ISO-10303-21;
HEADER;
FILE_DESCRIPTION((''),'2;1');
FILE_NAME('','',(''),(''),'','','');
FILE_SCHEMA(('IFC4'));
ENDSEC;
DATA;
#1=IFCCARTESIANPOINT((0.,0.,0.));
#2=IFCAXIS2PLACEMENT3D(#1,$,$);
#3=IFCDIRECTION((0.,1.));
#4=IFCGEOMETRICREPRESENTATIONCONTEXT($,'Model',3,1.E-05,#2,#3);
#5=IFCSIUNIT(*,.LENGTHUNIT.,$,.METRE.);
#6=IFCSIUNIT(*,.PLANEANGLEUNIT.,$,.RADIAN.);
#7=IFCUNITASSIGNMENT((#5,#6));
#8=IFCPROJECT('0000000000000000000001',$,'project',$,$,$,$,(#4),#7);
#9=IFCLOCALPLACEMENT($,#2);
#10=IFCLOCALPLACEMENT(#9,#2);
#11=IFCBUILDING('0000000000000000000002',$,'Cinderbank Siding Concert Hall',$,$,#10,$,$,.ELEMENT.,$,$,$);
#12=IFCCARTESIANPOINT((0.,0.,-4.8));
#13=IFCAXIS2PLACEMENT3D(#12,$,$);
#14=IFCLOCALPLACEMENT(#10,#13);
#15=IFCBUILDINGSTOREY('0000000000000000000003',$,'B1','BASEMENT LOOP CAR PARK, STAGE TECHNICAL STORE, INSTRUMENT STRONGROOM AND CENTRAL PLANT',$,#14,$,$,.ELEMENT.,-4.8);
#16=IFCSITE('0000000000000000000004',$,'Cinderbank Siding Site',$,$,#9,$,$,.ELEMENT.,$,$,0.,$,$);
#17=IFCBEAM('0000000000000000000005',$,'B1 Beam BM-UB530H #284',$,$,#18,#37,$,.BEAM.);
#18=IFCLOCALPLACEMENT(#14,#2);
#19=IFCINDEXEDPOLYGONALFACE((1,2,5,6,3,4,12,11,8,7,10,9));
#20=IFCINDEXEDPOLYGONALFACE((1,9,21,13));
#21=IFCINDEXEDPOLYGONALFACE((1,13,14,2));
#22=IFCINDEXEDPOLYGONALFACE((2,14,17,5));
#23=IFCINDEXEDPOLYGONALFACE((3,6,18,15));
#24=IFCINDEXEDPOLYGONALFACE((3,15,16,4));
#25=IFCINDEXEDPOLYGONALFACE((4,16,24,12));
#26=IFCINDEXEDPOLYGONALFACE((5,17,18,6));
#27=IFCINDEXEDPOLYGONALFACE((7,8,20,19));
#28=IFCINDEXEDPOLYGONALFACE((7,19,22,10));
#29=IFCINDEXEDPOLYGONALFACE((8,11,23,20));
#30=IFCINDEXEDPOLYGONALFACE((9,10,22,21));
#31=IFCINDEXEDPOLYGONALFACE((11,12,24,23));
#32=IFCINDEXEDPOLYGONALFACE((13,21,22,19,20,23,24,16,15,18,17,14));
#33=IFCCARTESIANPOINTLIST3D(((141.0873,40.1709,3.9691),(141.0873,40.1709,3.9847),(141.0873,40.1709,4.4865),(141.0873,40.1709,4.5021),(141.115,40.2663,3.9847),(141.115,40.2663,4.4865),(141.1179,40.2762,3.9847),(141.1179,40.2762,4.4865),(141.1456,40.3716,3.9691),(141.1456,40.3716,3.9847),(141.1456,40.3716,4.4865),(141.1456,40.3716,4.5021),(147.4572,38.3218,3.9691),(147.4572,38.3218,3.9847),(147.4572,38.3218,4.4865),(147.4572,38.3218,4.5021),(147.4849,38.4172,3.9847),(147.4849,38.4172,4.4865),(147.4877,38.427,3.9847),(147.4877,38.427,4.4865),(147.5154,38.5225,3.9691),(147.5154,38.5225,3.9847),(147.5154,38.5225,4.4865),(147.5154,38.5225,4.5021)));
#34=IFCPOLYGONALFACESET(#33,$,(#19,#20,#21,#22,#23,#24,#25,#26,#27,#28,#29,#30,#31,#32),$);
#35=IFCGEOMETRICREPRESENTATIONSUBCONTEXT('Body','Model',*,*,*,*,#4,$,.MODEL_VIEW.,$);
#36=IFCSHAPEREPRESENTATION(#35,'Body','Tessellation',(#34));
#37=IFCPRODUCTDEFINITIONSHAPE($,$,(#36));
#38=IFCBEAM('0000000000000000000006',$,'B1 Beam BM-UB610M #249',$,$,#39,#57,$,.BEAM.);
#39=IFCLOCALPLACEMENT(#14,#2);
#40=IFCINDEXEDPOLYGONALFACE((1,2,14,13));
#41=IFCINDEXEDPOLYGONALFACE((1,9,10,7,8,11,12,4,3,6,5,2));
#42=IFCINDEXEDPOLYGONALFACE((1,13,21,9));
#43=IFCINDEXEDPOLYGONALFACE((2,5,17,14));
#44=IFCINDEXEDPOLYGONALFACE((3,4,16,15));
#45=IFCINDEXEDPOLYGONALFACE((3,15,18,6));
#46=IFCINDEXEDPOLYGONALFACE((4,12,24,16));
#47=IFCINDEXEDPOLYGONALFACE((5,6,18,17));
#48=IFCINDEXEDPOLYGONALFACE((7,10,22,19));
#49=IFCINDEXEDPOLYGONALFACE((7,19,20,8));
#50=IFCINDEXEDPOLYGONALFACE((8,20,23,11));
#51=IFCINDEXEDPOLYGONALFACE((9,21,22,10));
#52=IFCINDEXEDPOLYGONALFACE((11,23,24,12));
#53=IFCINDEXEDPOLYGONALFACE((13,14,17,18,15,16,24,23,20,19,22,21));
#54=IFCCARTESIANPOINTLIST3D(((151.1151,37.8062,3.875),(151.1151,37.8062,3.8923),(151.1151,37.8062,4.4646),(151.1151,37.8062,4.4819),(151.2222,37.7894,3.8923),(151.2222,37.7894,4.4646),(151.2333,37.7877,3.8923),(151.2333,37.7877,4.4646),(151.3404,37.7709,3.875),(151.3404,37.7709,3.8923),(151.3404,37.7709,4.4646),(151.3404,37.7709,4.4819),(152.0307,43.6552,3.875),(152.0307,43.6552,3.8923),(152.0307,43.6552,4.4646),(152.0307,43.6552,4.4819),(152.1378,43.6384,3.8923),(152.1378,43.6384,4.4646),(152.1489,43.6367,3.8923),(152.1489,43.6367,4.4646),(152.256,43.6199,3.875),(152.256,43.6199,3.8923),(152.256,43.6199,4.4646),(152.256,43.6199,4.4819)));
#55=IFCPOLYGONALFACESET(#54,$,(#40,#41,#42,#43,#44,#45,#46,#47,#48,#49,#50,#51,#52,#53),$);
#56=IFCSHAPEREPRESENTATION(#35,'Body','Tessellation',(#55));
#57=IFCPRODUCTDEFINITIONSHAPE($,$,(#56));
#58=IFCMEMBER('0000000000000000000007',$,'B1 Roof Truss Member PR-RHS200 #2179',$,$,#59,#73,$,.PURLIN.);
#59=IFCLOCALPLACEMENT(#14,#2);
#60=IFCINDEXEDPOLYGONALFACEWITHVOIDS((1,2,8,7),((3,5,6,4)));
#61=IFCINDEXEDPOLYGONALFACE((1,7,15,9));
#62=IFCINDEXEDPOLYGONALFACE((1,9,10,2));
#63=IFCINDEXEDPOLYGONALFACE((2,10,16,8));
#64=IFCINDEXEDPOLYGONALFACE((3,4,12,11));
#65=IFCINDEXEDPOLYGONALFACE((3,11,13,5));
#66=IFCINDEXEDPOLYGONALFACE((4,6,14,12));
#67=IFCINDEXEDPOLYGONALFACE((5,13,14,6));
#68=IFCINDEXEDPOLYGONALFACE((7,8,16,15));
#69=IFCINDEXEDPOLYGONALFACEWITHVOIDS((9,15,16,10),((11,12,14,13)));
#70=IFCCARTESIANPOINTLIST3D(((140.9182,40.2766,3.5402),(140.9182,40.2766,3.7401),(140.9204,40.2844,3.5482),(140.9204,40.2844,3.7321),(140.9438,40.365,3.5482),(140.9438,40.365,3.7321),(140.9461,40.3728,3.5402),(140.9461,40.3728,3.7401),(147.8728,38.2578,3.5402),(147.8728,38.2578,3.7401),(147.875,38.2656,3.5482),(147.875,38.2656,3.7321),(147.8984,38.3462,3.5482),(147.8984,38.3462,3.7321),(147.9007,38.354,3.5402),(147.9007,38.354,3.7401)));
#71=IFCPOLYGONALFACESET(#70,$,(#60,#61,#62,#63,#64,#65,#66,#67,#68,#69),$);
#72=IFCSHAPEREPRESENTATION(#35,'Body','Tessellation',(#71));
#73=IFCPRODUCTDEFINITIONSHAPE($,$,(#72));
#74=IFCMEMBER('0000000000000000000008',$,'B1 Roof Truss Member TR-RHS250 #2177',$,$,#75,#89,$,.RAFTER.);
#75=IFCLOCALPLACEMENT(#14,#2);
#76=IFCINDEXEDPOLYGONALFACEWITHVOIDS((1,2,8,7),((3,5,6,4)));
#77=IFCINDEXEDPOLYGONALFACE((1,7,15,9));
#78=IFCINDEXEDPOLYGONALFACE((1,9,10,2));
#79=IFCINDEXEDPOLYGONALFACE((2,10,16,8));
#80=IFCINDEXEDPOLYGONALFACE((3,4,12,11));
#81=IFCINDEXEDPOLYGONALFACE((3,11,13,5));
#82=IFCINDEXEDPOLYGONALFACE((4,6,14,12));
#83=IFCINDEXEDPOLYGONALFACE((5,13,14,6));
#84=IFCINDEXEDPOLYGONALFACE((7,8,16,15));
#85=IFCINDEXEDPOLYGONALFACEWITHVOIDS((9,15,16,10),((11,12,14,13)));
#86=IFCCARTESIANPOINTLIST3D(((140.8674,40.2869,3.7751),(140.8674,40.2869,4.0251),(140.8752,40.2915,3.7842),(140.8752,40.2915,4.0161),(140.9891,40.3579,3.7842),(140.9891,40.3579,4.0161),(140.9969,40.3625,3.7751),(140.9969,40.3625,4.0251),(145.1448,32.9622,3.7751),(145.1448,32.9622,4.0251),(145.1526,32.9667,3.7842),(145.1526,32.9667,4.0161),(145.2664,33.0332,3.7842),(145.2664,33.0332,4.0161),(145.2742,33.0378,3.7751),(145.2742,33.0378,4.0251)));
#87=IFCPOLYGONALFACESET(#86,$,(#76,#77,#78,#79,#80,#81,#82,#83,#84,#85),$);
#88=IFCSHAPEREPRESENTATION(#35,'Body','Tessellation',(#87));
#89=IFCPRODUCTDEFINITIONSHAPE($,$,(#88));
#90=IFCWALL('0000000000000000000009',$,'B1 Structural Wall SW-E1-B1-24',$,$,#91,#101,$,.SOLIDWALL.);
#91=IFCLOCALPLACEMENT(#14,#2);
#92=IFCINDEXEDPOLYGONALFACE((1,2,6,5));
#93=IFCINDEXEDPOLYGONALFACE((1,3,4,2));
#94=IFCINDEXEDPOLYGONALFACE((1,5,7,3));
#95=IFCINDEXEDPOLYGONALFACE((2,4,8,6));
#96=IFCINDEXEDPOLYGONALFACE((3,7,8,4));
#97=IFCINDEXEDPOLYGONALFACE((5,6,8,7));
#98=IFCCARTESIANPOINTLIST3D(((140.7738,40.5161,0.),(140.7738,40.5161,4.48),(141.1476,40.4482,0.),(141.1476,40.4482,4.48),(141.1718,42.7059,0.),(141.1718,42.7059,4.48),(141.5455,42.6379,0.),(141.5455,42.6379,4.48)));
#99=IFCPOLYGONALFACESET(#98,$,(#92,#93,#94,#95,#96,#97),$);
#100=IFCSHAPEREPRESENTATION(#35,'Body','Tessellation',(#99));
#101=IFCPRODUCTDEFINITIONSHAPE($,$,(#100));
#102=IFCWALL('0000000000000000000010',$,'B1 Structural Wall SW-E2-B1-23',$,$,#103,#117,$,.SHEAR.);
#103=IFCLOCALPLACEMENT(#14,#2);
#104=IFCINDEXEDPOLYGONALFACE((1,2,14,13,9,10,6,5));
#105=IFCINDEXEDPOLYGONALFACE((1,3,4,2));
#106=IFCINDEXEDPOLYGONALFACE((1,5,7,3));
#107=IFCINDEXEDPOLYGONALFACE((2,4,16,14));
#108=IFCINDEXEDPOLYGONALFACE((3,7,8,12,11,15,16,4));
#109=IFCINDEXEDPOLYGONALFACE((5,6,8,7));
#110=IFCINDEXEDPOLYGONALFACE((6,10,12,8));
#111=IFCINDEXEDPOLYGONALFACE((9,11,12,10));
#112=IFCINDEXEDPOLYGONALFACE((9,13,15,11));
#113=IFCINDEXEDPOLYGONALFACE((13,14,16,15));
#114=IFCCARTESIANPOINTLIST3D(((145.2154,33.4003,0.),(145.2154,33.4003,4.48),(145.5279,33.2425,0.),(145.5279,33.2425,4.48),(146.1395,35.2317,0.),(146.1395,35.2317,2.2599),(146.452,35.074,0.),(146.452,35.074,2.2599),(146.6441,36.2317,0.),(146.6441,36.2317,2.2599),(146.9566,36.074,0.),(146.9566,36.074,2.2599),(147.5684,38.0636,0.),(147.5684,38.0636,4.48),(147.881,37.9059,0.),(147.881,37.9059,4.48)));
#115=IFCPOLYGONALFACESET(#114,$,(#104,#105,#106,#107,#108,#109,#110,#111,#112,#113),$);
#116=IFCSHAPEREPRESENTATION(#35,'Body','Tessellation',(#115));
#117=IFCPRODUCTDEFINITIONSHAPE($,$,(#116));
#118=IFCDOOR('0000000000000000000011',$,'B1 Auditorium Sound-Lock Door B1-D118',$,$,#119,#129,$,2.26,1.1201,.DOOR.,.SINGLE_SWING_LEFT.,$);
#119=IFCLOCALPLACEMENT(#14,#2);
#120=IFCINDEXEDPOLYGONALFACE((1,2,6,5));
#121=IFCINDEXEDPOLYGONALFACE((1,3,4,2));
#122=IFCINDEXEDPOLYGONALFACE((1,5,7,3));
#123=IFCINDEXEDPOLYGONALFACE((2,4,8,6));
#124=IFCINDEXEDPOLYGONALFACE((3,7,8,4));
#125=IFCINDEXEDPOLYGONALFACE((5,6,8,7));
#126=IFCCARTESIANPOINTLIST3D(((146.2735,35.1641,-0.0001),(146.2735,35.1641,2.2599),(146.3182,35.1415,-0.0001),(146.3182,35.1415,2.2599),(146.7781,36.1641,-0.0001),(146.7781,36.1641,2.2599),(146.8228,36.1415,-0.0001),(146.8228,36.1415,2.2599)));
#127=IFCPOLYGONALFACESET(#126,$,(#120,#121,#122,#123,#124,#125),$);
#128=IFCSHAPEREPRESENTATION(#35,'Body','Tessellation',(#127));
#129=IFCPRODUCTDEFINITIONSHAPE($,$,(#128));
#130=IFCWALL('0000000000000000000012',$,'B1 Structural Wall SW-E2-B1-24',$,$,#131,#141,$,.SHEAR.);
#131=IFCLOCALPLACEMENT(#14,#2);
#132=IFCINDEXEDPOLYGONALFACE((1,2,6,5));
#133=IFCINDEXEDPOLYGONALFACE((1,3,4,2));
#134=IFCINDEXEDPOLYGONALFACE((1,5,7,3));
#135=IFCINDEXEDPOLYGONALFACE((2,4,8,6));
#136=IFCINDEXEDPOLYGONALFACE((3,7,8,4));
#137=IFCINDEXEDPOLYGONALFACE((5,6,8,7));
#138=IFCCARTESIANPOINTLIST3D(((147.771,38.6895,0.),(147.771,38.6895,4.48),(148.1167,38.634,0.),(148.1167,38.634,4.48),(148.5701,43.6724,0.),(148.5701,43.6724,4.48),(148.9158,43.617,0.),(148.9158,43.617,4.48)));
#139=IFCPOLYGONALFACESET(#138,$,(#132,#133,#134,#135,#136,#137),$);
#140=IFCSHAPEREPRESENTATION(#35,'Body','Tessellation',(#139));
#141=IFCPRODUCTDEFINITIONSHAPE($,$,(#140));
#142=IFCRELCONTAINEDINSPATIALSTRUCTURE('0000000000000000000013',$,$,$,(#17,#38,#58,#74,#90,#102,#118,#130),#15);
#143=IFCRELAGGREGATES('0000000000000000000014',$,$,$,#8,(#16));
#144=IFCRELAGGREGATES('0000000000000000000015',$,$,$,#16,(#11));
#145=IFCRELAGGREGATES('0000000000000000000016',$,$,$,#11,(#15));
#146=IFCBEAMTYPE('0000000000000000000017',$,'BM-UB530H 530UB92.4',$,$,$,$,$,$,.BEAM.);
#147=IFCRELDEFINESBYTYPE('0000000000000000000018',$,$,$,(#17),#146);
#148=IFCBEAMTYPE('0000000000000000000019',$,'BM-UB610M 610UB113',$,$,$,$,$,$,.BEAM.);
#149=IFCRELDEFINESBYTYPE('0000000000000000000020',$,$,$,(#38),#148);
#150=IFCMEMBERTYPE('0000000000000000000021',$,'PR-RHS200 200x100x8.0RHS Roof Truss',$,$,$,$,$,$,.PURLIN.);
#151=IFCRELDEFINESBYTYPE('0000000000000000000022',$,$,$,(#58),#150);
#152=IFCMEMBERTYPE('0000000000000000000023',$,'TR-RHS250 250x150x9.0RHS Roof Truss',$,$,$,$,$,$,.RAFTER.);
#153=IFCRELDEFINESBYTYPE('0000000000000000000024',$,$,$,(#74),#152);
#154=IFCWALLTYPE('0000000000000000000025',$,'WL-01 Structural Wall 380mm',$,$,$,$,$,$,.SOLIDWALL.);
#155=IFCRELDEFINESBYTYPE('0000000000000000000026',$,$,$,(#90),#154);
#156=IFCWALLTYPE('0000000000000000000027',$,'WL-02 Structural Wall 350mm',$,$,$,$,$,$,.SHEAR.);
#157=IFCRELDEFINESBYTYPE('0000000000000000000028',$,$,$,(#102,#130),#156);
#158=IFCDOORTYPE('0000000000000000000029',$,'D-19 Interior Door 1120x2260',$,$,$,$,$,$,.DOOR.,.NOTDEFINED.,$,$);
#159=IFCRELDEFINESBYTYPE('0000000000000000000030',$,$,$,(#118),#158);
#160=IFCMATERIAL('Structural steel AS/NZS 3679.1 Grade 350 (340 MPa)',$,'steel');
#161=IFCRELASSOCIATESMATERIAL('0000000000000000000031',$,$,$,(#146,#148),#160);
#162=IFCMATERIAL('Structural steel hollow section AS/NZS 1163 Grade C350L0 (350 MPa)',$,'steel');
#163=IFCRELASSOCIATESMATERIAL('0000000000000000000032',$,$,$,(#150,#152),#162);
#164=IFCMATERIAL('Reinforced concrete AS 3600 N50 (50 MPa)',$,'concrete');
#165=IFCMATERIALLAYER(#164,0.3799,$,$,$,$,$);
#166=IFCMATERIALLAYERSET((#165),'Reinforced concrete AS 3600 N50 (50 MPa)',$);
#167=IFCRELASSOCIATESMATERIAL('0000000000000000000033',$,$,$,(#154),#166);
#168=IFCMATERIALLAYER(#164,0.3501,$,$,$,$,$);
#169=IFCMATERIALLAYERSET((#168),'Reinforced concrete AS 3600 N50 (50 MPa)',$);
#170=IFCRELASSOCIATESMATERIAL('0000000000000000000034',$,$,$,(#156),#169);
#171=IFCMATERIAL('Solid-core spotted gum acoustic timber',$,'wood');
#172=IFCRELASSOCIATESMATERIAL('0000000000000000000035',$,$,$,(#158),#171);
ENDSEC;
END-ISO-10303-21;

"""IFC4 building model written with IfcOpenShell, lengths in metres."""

from ifc_helpers import new_model, si_unit, direction, frame, frame_2d, origin, origin_2d, place, context, subcontext, project, spatial, rectangle, hollow_rectangle, i_section, extrude, material, layer, layer_set, material_profile, profile_set, type_object, element, fill, save


model = new_model("IFC4")

# Units and contexts
model_context = context("Model", 3, precision=1e-05, world=origin(), true_north=direction((0.0, 1.0)))
body_context = subcontext(model_context, "Body", "Model", "MODEL_VIEW")
ifc_project = project(units=[si_unit("LENGTHUNIT", "METRE"), si_unit("PLANEANGLEUNIT", "RADIAN")], contexts=[model_context])

# Site, building, storey
site_placement = place(None, origin())
site = spatial("IfcSite", under=ifc_project, at=site_placement, Name="Cinderbank Siding Site", CompositionType="ELEMENT", RefElevation=0.0)
building_placement = place(site_placement, origin())
building = spatial("IfcBuilding", under=site, at=building_placement, Name="Cinderbank Siding Concert Hall", CompositionType="ELEMENT")
storey_placement = place(building_placement, frame((0.0, 0.0, -4.8)))
storey = spatial("IfcBuildingStorey", under=building, at=storey_placement, Name="B1", Description="BASEMENT LOOP CAR PARK, STAGE TECHNICAL STORE, INSTRUMENT STRONGROOM AND CENTRAL PLANT", CompositionType="ELEMENT", Elevation=-4.8)

# Shared definitions
ifc_material_1 = material(Name="Structural steel hollow section AS/NZS 1163 Grade C350L0 (350 MPa)", Category="steel")
ifc_material_2 = material(Name="Reinforced concrete AS 3600 N50 (50 MPa)", Category="concrete")

# Beams
ifc_material_3 = material(Name="Structural steel AS/NZS 3679.1 Grade 350 (340 MPa)", Category="steel")
ifc_material_profile_1 = material_profile(ifc_material_3, i_section(OverallWidth=0.209, OverallDepth=0.533, WebThickness=0.0103, FlangeThickness=0.0156, at=origin_2d()), Name="530UB92.4", Category="LoadBearing")
ifc_profile_set_1 = profile_set([ifc_material_profile_1], Name="Structural steel AS/NZS 3679.1 Grade 350 (340 MPa)")
beam_type_1 = type_object("IfcBeamType", Name="BM-UB530H 530UB92.4", PredefinedType="BEAM", material=ifc_profile_set_1)
beam_1_placement = place(storey_placement, frame((141.1165, 40.2712, 4.2356), z_axis=(0.960354, -0.278783, 0.0), x_axis=(0.278783, 0.960354, 0.0)))
element("IfcBeam", 1, at=beam_1_placement, inside=storey, type_object=beam_type_1, Name="B1 Beam BM-UB530H #284", PredefinedType="BEAM", context=body_context, shape_type="SweptSolid", body=[
    extrude(i_section(OverallWidth=0.209, OverallDepth=0.533, WebThickness=0.0103, FlangeThickness=0.0156, at=origin_2d()), origin(), (0.0, 0.0, 1.0), 6.6328),
])
ifc_material_profile_2 = material_profile(ifc_material_3, i_section(OverallWidth=0.228, OverallDepth=0.6069, WebThickness=0.0112, FlangeThickness=0.0173, at=origin_2d()), Name="610UB113", Category="LoadBearing")
ifc_profile_set_2 = profile_set([ifc_material_profile_2], Name="Structural steel AS/NZS 3679.1 Grade 350 (340 MPa)")
beam_type_2 = type_object("IfcBeamType", Name="BM-UB610M 610UB113", PredefinedType="BEAM", material=ifc_profile_set_2)
beam_2_placement = place(storey_placement, frame((151.2278, 37.7886, 4.1785), z_axis=(0.154647, 0.98797, 0.0), x_axis=(-0.98797, 0.154647, 0.0)))
element("IfcBeam", 2, at=beam_2_placement, inside=storey, type_object=beam_type_2, Name="B1 Beam BM-UB610M #249", PredefinedType="BEAM", context=body_context, shape_type="SweptSolid", body=[
    extrude(i_section(OverallWidth=0.228, OverallDepth=0.6069, WebThickness=0.0112, FlangeThickness=0.0173, at=origin_2d()), origin(), (0.0, 0.0, 1.0), 5.9202),
])

# Members
ifc_material_profile_3 = material_profile(ifc_material_1, hollow_rectangle(XDim=0.1001, YDim=0.2, WallThickness=0.0081, at=origin_2d()), Name="200x100x8.0RHS", Category="LoadBearing")
ifc_profile_set_3 = profile_set([ifc_material_profile_3], Name="Structural steel hollow section AS/NZS 1163 Grade C350L0 (350 MPa)")
member_type_1 = type_object("IfcMemberType", Name="PR-RHS200 200x100x8.0RHS Roof Truss", PredefinedType="PURLIN", material=ifc_profile_set_3)
member_1_placement = place(storey_placement, frame((140.9321, 40.3247, 3.6401), z_axis=(0.960356, -0.278775, 0.0), x_axis=(0.278775, 0.960356, 0.0)))
element("IfcMember", 3, at=member_1_placement, inside=storey, type_object=member_type_1, Name="B1 Roof Truss Member PR-RHS200 #2179", PredefinedType="PURLIN", context=body_context, shape_type="SweptSolid", body=[
    extrude(hollow_rectangle(XDim=0.1001, YDim=0.2, WallThickness=0.0081, at=origin_2d()), origin(), (0.0, 0.0, 1.0), 7.2417),
])
ifc_material_profile_4 = material_profile(ifc_material_1, hollow_rectangle(XDim=0.1499, YDim=0.25, WallThickness=0.009, at=origin_2d()), Name="250x150x9.0RHS", Category="LoadBearing")
ifc_profile_set_4 = profile_set([ifc_material_profile_4], Name="Structural steel hollow section AS/NZS 1163 Grade C350L0 (350 MPa)")
member_type_2 = type_object("IfcMemberType", Name="TR-RHS250 250x150x9.0RHS Roof Truss", PredefinedType="RAFTER", material=ifc_profile_set_4)
member_2_placement = place(storey_placement, frame((140.9321, 40.3247, 3.9001), z_axis=(0.504275, -0.863543, 0.0), x_axis=(0.863543, 0.504275, 0.0)))
element("IfcMember", 4, at=member_2_placement, inside=storey, type_object=member_type_2, Name="B1 Roof Truss Member TR-RHS250 #2177", PredefinedType="RAFTER", context=body_context, shape_type="SweptSolid", body=[
    extrude(hollow_rectangle(XDim=0.1499, YDim=0.25, WallThickness=0.009, at=origin_2d()), origin(), (0.0, 0.0, 1.0), 8.4822),
])

# Wall
ifc_layer_1 = layer(ifc_material_2, 0.3799)
ifc_layer_set_1 = layer_set([ifc_layer_1], Name="Reinforced concrete AS 3600 N50 (50 MPa)")
wall_type_1 = type_object("IfcWallType", Name="WL-01 Structural Wall 380mm", PredefinedType="SOLIDWALL", material=ifc_layer_set_1)
wall_1_placement = place(storey_placement, frame((140.9607, 40.4822, 0.0), z_axis=(0.0, 0.0, 1.0), x_axis=(0.178808, 0.983884, 0.0)))
element("IfcWall", 5, at=wall_1_placement, inside=storey, type_object=wall_type_1, Name="B1 Structural Wall SW-E1-B1-24", PredefinedType="SOLIDWALL", context=body_context, shape_type="SweptSolid", body=[
    extrude(rectangle(XDim=2.2256, YDim=0.3799, at=frame_2d((1.1128, 0.0))), origin(), (0.0, 0.0, 1.0), 4.48),
])

# Wall, opening, door
ifc_layer_2 = layer(ifc_material_2, 0.3501)
ifc_layer_set_2 = layer_set([ifc_layer_2], Name="Reinforced concrete AS 3600 N50 (50 MPa)")
wall_type_2 = type_object("IfcWallType", Name="WL-02 Structural Wall 350mm", PredefinedType="SHEAR", material=ifc_layer_set_2)
wall_2_placement = place(storey_placement, frame((145.3716, 33.3213, 0.0), z_axis=(0.0, 0.0, 1.0), x_axis=(0.450482, 0.892785, 0.0)))
wall_2 = element("IfcWall", 6, at=wall_2_placement, inside=storey, type_object=wall_type_2, Name="B1 Structural Wall SW-E2-B1-23", PredefinedType="SHEAR", context=body_context, shape_type="SweptSolid", body=[
    extrude(rectangle(XDim=5.2234, YDim=0.3501, at=frame_2d((2.6118, 0.0))), origin(), (0.0, 0.0, 1.0), 4.48),
])
opening_1_placement = place(wall_2_placement, frame((2.0515, 0.0, 0.0)))
opening_1 = element("IfcOpeningElement", 7, at=opening_1_placement, cuts=wall_2, PredefinedType="OPENING", context=body_context, shape_type="SweptSolid", body=[
    extrude(rectangle(XDim=1.1201, YDim=2.26, at=frame_2d((0.5601, 1.1299))), frame((0.0, 0.187, 0.0), z_axis=(0.0, -1.0, 0.0), x_axis=(1.0, 0.0, 0.0)), (0.0, 0.0, 1.0), 0.374),
])
ifc_material_4 = material(Name="Solid-core spotted gum acoustic timber", Category="wood")
door_type_1 = type_object("IfcDoorType", Name="D-19 Interior Door 1120x2260", OperationType="NOTDEFINED", PredefinedType="DOOR", material=ifc_material_4)
door_1_placement = place(opening_1_placement, origin())
door_1 = element("IfcDoor", 8, at=door_1_placement, inside=storey, type_object=door_type_1, Name="B1 Auditorium Sound-Lock Door B1-D118", OperationType="SINGLE_SWING_LEFT", OverallHeight=2.26, OverallWidth=1.1201, PredefinedType="DOOR", context=body_context, shape_type="SweptSolid", body=[
    extrude(rectangle(XDim=1.1201, YDim=2.26, at=frame_2d((0.5601, 1.1299))), frame((0.0, 0.0249, 0.0), z_axis=(0.0, -1.0, 0.0), x_axis=(1.0, 0.0, 0.0)), (0.0, 0.0, 1.0), 0.05),
])
fill(opening_1, door_1)

# Wall
wall_3_placement = place(storey_placement, frame((147.9438, 38.6616, 0.0), z_axis=(0.0, 0.0, 1.0), x_axis=(0.15834, 0.987385, 0.0)))
element("IfcWall", 9, at=wall_3_placement, inside=storey, type_object=wall_type_2, Name="B1 Structural Wall SW-E2-B1-24", PredefinedType="SHEAR", context=body_context, shape_type="SweptSolid", body=[
    extrude(rectangle(XDim=5.0466, YDim=0.3501, at=frame_2d((2.5234, 0.0))), origin(), (0.0, 0.0, 1.0), 4.48),
])

save(model, "model.ifc")
